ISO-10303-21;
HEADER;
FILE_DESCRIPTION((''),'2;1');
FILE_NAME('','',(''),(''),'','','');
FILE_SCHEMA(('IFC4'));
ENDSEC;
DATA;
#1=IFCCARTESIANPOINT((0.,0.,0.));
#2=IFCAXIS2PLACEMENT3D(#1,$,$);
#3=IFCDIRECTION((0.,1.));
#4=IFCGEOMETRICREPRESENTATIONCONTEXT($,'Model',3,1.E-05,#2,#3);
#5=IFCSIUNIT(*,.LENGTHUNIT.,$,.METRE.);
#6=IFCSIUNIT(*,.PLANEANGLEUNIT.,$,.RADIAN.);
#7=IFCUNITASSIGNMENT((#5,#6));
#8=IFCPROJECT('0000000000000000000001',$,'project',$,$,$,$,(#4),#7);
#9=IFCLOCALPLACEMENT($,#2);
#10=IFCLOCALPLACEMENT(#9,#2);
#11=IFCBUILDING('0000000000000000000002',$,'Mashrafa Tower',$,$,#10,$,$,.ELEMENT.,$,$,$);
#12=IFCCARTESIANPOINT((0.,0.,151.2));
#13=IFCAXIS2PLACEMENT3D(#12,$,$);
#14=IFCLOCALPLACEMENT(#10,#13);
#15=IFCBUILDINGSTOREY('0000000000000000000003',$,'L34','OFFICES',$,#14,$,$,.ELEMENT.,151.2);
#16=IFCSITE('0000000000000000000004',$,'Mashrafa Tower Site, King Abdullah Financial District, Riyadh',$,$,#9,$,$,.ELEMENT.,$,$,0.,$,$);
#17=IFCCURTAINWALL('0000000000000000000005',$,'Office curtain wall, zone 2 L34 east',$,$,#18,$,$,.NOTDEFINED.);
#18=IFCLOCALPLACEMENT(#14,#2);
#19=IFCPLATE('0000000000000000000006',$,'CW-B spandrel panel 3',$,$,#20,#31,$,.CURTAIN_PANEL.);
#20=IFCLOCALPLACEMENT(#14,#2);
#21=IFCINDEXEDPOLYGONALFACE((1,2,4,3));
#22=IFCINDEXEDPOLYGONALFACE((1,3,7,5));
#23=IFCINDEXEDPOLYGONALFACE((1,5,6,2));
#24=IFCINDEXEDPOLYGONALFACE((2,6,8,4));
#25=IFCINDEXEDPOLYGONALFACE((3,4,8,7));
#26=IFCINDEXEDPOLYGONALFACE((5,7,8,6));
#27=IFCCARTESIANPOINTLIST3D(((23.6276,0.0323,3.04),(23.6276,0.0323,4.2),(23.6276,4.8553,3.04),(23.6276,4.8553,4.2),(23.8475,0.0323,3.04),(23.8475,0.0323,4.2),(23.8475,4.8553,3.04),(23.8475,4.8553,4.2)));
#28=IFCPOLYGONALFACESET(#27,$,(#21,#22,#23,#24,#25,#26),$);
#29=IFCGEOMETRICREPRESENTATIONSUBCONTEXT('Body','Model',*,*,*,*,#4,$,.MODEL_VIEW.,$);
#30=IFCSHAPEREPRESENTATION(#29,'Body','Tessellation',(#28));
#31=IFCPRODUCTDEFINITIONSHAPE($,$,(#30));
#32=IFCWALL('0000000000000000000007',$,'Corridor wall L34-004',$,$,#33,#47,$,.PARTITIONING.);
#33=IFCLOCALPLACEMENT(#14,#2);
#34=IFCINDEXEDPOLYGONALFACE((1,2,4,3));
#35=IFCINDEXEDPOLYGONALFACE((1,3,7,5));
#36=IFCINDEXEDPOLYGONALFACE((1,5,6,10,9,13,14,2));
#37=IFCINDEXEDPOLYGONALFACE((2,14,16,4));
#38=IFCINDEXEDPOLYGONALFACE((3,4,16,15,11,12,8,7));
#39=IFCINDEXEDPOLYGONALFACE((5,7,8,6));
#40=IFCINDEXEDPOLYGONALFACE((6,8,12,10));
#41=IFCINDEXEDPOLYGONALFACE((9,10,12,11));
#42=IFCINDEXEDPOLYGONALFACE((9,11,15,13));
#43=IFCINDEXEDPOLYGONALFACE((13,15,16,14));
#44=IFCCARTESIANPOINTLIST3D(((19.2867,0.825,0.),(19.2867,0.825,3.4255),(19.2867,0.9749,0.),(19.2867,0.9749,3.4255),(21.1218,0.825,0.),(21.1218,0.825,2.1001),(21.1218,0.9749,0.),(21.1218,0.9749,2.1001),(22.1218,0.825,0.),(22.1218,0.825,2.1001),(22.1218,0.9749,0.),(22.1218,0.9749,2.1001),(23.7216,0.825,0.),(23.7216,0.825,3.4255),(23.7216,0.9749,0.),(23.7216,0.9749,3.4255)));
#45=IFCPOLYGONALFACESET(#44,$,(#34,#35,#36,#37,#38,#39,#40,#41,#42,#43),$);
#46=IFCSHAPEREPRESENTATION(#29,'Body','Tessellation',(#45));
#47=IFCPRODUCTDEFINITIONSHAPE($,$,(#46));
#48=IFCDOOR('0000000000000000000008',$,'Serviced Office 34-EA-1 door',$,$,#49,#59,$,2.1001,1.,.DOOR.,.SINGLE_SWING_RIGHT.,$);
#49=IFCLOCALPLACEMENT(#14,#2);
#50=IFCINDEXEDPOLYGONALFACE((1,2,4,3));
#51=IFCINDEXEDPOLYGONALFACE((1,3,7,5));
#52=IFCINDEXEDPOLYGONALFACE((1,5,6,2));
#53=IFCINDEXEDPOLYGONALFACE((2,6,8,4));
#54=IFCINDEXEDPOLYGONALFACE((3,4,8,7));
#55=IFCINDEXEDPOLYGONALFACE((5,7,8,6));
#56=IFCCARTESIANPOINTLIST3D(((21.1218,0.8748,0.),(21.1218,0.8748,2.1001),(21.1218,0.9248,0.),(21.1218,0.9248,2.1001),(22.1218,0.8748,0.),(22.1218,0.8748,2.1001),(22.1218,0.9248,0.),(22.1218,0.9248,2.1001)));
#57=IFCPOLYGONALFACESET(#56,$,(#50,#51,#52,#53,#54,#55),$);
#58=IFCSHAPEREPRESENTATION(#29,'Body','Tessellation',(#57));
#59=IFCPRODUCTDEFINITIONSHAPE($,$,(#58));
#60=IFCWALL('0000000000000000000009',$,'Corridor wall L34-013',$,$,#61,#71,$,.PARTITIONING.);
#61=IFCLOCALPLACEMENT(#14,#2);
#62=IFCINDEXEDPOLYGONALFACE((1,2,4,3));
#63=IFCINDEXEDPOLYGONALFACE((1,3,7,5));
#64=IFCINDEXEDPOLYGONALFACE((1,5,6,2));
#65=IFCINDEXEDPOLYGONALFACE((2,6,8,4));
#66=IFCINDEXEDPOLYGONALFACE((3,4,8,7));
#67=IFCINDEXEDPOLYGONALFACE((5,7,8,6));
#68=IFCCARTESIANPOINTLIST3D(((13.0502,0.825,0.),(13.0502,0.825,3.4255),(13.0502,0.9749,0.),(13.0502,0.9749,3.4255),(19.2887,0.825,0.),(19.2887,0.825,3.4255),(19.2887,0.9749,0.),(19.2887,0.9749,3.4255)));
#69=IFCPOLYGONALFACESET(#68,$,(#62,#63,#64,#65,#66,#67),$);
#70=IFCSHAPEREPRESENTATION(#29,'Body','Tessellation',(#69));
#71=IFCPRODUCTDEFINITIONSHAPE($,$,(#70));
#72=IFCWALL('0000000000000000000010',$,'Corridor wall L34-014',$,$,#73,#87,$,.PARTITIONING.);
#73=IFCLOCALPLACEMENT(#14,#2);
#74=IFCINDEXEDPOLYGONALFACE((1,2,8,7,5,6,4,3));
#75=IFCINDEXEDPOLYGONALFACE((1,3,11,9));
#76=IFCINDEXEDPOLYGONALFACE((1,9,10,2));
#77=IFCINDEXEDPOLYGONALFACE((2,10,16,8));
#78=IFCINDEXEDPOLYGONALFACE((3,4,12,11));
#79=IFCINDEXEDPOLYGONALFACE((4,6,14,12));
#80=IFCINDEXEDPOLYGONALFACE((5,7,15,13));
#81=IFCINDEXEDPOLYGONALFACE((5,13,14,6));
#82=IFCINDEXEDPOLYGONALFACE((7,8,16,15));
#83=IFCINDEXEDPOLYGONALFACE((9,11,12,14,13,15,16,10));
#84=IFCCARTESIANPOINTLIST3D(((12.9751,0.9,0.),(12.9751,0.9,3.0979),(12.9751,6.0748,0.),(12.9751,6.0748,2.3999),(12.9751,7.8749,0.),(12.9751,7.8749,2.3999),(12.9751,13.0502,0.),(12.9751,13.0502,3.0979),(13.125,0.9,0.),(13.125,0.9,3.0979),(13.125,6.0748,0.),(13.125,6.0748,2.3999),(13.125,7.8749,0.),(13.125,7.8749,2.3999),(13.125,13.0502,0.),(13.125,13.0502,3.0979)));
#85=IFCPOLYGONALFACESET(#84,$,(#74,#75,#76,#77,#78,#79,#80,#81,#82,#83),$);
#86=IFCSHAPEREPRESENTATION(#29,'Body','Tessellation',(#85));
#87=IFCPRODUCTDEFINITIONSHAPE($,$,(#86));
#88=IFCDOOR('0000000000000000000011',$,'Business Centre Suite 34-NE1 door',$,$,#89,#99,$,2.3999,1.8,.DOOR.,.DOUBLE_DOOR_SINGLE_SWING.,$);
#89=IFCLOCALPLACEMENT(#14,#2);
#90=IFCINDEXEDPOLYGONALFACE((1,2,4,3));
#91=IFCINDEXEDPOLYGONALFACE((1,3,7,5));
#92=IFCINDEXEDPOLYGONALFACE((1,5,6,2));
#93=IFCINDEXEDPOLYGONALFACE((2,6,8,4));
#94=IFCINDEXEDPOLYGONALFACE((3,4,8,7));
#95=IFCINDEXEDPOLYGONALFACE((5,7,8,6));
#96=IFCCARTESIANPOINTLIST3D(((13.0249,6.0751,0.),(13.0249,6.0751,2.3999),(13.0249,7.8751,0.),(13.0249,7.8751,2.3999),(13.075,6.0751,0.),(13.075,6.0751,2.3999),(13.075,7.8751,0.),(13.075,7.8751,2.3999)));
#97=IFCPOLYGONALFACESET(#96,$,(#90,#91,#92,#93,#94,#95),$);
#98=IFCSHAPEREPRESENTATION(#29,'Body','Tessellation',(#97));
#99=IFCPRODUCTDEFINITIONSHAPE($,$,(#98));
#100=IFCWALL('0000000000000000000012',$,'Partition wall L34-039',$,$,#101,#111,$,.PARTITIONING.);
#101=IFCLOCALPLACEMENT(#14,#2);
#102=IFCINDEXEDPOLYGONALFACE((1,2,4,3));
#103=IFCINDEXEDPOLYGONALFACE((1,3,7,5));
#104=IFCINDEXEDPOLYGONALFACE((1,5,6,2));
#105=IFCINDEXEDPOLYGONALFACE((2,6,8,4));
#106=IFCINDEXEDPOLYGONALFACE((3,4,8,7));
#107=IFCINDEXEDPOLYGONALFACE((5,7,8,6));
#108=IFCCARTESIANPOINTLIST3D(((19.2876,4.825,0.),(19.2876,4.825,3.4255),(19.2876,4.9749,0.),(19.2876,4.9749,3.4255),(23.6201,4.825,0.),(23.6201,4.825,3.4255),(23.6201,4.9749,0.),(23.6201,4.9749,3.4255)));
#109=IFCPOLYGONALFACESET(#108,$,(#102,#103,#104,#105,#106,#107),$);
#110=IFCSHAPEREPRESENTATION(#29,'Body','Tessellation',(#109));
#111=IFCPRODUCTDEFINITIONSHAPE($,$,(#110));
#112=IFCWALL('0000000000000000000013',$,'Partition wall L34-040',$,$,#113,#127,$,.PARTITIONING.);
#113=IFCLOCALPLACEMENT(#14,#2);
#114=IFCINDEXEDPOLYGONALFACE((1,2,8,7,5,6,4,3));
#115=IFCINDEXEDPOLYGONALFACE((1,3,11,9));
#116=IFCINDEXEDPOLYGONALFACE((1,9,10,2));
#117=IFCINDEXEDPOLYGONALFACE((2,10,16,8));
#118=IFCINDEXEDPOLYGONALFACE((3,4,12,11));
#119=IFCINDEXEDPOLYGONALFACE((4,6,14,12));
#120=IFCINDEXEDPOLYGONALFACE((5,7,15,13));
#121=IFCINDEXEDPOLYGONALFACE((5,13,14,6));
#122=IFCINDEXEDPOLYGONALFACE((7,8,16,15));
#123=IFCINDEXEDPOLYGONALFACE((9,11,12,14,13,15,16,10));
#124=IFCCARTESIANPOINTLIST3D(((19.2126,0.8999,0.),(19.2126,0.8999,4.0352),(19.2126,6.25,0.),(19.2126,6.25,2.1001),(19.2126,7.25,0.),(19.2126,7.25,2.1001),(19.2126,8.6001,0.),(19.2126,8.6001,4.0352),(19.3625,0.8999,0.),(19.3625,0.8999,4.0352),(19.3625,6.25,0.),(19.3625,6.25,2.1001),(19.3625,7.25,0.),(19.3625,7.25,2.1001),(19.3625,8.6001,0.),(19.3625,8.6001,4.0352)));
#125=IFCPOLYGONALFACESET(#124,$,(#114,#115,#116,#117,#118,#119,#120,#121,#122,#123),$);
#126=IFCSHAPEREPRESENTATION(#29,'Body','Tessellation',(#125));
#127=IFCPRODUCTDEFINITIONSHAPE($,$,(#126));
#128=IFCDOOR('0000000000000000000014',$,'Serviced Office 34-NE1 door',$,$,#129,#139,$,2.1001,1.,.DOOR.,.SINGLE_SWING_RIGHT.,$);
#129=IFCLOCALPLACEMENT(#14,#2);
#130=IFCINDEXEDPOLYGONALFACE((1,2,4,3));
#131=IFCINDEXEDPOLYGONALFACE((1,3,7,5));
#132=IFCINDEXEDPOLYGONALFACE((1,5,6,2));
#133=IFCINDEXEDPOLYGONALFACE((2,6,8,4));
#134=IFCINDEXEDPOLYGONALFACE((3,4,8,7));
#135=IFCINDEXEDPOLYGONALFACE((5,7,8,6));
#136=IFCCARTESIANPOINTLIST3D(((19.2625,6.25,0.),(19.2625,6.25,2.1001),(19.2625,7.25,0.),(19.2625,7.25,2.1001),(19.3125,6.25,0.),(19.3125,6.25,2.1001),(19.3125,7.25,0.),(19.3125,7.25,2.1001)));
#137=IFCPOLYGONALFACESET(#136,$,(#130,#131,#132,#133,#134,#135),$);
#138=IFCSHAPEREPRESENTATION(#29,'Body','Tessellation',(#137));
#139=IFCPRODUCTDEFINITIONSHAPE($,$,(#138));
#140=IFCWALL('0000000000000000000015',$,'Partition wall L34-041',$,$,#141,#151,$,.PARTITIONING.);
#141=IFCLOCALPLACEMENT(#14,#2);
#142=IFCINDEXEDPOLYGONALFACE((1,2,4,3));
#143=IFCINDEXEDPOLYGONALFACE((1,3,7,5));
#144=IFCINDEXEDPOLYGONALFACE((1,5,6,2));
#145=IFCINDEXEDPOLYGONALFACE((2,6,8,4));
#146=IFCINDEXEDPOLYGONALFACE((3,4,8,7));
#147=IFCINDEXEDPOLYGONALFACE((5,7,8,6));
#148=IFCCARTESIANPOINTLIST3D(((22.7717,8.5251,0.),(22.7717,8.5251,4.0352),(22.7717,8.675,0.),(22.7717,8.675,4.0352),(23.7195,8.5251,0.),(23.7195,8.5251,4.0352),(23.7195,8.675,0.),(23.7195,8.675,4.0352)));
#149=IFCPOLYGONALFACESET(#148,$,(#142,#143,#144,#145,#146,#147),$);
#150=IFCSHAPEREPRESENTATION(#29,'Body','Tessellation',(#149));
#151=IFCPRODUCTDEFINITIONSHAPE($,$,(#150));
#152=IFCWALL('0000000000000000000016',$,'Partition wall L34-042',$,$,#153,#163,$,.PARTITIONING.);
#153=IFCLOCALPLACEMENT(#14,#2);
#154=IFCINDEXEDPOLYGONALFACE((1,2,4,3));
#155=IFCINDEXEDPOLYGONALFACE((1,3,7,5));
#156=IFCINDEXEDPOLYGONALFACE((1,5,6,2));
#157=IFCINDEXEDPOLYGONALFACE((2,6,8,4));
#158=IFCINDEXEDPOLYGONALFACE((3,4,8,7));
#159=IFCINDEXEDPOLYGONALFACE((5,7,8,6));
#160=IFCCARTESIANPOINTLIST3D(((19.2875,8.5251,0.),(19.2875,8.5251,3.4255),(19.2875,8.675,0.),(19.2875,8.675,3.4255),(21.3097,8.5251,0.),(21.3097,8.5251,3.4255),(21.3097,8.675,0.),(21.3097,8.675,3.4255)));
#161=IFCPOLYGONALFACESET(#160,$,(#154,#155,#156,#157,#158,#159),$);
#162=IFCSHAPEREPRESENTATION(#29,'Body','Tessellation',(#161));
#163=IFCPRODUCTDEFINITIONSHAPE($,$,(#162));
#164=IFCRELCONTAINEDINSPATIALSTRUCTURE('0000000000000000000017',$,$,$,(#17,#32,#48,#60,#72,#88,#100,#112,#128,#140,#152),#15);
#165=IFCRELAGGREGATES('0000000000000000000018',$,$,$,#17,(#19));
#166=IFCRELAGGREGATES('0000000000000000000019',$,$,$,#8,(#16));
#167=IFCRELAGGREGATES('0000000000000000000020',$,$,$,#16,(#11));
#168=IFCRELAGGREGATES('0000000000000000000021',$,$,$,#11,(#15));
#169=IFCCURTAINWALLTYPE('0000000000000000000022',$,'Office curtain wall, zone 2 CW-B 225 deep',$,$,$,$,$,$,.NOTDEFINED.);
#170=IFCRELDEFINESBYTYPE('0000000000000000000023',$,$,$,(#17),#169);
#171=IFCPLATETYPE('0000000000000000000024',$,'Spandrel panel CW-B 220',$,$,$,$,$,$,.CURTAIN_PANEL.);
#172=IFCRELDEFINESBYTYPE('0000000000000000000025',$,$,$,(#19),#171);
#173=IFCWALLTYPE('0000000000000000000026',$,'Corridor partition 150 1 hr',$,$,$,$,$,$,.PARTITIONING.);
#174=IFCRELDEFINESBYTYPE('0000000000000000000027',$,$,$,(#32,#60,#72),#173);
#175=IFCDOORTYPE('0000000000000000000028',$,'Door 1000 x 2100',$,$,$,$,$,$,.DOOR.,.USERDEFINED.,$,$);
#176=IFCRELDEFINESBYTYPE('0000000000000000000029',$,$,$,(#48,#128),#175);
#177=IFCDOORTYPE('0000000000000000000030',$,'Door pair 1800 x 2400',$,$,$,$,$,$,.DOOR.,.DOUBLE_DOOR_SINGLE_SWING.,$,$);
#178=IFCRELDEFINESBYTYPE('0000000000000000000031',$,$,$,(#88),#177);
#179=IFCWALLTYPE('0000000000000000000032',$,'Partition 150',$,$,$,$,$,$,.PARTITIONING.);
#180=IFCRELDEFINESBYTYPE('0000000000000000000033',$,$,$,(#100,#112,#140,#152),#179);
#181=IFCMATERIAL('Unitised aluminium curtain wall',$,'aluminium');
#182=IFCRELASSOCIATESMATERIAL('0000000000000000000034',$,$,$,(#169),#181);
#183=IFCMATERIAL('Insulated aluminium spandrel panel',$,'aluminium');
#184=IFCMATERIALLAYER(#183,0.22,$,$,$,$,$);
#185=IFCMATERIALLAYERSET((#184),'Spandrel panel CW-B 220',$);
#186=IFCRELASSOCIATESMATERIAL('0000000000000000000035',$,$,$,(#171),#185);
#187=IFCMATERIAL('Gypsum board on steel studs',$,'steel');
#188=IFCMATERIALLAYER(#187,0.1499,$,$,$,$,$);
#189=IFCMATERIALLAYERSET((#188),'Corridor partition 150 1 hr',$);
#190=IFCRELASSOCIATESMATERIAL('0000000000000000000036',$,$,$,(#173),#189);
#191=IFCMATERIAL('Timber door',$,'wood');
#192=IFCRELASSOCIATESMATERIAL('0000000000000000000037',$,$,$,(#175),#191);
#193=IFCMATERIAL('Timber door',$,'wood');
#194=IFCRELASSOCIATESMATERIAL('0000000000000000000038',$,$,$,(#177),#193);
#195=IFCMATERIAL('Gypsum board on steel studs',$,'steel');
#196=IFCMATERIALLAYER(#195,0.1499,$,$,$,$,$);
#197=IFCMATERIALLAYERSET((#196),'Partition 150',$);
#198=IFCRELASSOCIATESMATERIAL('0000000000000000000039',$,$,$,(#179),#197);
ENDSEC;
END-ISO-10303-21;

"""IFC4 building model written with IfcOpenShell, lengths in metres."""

from ifc_helpers import new_model, si_unit, direction, frame, frame_2d, origin, origin_2d, place, context, subcontext, project, spatial, rectangle, extrude, source, transform, mapped, material, layer, layer_set, type_object, element, fill, aggregate, save


model = new_model("IFC4")

# Units and contexts
model_context = context("Model", 3, precision=1e-05, world=origin(), true_north=direction((0.0, 1.0)))
body_context = subcontext(model_context, "Body", "Model", "MODEL_VIEW")
ifc_project = project(units=[si_unit("LENGTHUNIT", "METRE"), si_unit("PLANEANGLEUNIT", "RADIAN")], contexts=[model_context])

# Site, building, storey
site_placement = place(None, origin())
site = spatial("IfcSite", under=ifc_project, at=site_placement, Name="Mashrafa Tower Site, King Abdullah Financial District, Riyadh", CompositionType="ELEMENT", RefElevation=0.0)
building_placement = place(site_placement, origin())
building = spatial("IfcBuilding", under=site, at=building_placement, Name="Mashrafa Tower", CompositionType="ELEMENT")
storey_placement = place(building_placement, frame((0.0, 0.0, 151.2)))
storey = spatial("IfcBuildingStorey", under=building, at=storey_placement, Name="L34", Description="OFFICES", CompositionType="ELEMENT", Elevation=151.2)

# Curtain wall
ifc_material_1 = material(Name="Unitised aluminium curtain wall", Category="aluminium")
curtain_wall_type = type_object("IfcCurtainWallType", Name="Office curtain wall, zone 2 CW-B 225 deep", PredefinedType="NOTDEFINED", material=ifc_material_1)
curtain_wall_1_placement = place(storey_placement, origin())
curtain_wall_1 = element("IfcCurtainWall", 1, at=curtain_wall_1_placement, inside=storey, type_object=curtain_wall_type, Name="Office curtain wall, zone 2 L34 east", PredefinedType="NOTDEFINED")

# Plate
ifc_material_2 = material(Name="Insulated aluminium spandrel panel", Category="aluminium")
ifc_layer_1 = layer(ifc_material_2, 0.22)
ifc_layer_set_1 = layer_set([ifc_layer_1], Name="Spandrel panel CW-B 220")
plate_type_1 = type_object("IfcPlateType", Name="Spandrel panel CW-B 220", PredefinedType="CURTAIN_PANEL", material=ifc_layer_set_1)
shared_shape_1 = source(origin(), body_context, "Body", "SweptSolid", [
    extrude(rectangle(XDim=4.823, YDim=0.22, at=origin_2d()), origin(), (0.0, 0.0, 1.0), 1.1599),
])
plate_1_placement = place(storey_placement, frame((23.7375, 2.4438, 3.04), z_axis=(0.0, 0.0, 1.0), x_axis=(0.0, 1.0, 0.0)))
plate_1 = element("IfcPlate", 2, at=plate_1_placement, type_object=plate_type_1, Name="CW-B spandrel panel 3", PredefinedType="CURTAIN_PANEL", context=body_context, shape_type="MappedRepresentation", body=[
    mapped(shared_shape_1, transform((0.0, 0.0, 0.0))),
])
aggregate(curtain_wall_1, [plate_1])

# Wall, opening, door
ifc_material_3 = material(Name="Gypsum board on steel studs", Category="steel")
ifc_layer_2 = layer(ifc_material_3, 0.1499)
ifc_layer_set_2 = layer_set([ifc_layer_2], Name="Corridor partition 150 1 hr")
wall_type_1 = type_object("IfcWallType", Name="Corridor partition 150 1 hr", PredefinedType="PARTITIONING", material=ifc_layer_set_2)
wall_1_placement = place(storey_placement, frame((23.7214, 0.8999, 0.0), z_axis=(0.0, 0.0, 1.0), x_axis=(-1.0, 0.0, 0.0)))
wall_1 = element("IfcWall", 3, at=wall_1_placement, inside=storey, type_object=wall_type_1, Name="Corridor wall L34-004", PredefinedType="PARTITIONING", context=body_context, shape_type="SweptSolid", body=[
    extrude(rectangle(XDim=4.4348, YDim=0.1499, at=frame_2d((2.2173, 0.0))), origin(), (0.0, 0.0, 1.0), 3.4255),
])
opening_1_placement = place(wall_1_placement, frame((1.5996, 0.0, 0.0)))
opening_1 = element("IfcOpeningElement", 4, at=opening_1_placement, cuts=wall_1, PredefinedType="OPENING", context=body_context, shape_type="SweptSolid", body=[
    extrude(rectangle(XDim=1.0, YDim=2.1001, at=frame_2d((0.5, 1.05))), frame((0.0, 0.085, 0.0), z_axis=(0.0, -1.0, 0.0), x_axis=(1.0, 0.0, 0.0)), (0.0, 0.0, 1.0), 0.1699),
])
ifc_material_4 = material(Name="Timber door", Category="wood")
door_type_1 = type_object("IfcDoorType", Name="Door 1000 x 2100", OperationType="USERDEFINED", PredefinedType="DOOR", material=ifc_material_4)
door_1_placement = place(opening_1_placement, frame((1.0, 0.0, 0.0), z_axis=(0.0, 0.0, 1.0), x_axis=(-1.0, 0.0, 0.0)))
door_1 = element("IfcDoor", 5, at=door_1_placement, inside=storey, type_object=door_type_1, Name="Serviced Office 34-EA-1 door", OperationType="SINGLE_SWING_RIGHT", OverallHeight=2.1001, OverallWidth=1.0, PredefinedType="DOOR", context=body_context, shape_type="SweptSolid", body=[
    extrude(rectangle(XDim=1.0, YDim=2.1001, at=frame_2d((0.5, 1.05))), frame((0.0, 0.0249, 0.0), z_axis=(0.0, -1.0, 0.0), x_axis=(1.0, 0.0, 0.0)), (0.0, 0.0, 1.0), 0.05),
])
fill(opening_1, door_1)

# Wall
wall_2_placement = place(storey_placement, frame((19.2886, 0.8999, 0.0), z_axis=(0.0, 0.0, 1.0), x_axis=(-1.0, 0.0, 0.0)))
element("IfcWall", 6, at=wall_2_placement, inside=storey, type_object=wall_type_1, Name="Corridor wall L34-013", PredefinedType="PARTITIONING", context=body_context, shape_type="SweptSolid", body=[
    extrude(rectangle(XDim=6.2385, YDim=0.1499, at=frame_2d((3.1191, 0.0))), origin(), (0.0, 0.0, 1.0), 3.4255),
])

# Wall, opening, door
wall_3_placement = place(storey_placement, frame((13.05, 0.8999, 0.0), z_axis=(0.0, 0.0, 1.0), x_axis=(0.0, 1.0, 0.0)))
wall_3 = element("IfcWall", 7, at=wall_3_placement, inside=storey, type_object=wall_type_1, Name="Corridor wall L34-014", PredefinedType="PARTITIONING", context=body_context, shape_type="SweptSolid", body=[
    extrude(rectangle(XDim=12.1501, YDim=0.1499, at=frame_2d((6.0752, 0.0))), origin(), (0.0, 0.0, 1.0), 3.0979),
])
opening_2_placement = place(wall_3_placement, frame((5.175, 0.0, 0.0)))
opening_2 = element("IfcOpeningElement", 8, at=opening_2_placement, cuts=wall_3, PredefinedType="OPENING", context=body_context, shape_type="SweptSolid", body=[
    extrude(rectangle(XDim=1.8, YDim=2.3999, at=frame_2d((0.8999, 1.2))), frame((0.0, 0.085, 0.0), z_axis=(0.0, -1.0, 0.0), x_axis=(1.0, 0.0, 0.0)), (0.0, 0.0, 1.0), 0.1699),
])
ifc_material_5 = material(Name="Timber door", Category="wood")
door_type_2 = type_object("IfcDoorType", Name="Door pair 1800 x 2400", OperationType="DOUBLE_DOOR_SINGLE_SWING", PredefinedType="DOOR", material=ifc_material_5)
door_2_placement = place(opening_2_placement, frame((1.8, 0.0, 0.0), z_axis=(0.0, 0.0, 1.0), x_axis=(-1.0, 0.0, 0.0)))
door_2 = element("IfcDoor", 9, at=door_2_placement, inside=storey, type_object=door_type_2, Name="Business Centre Suite 34-NE1 door", OperationType="DOUBLE_DOOR_SINGLE_SWING", OverallHeight=2.3999, OverallWidth=1.8, PredefinedType="DOOR", context=body_context, shape_type="SweptSolid", body=[
    extrude(rectangle(XDim=1.8, YDim=2.3999, at=frame_2d((0.8999, 1.2))), frame((0.0, 0.0249, 0.0), z_axis=(0.0, -1.0, 0.0), x_axis=(1.0, 0.0, 0.0)), (0.0, 0.0, 1.0), 0.05),
])
fill(opening_2, door_2)

# Wall
ifc_material_6 = material(Name="Gypsum board on steel studs", Category="steel")
ifc_layer_3 = layer(ifc_material_6, 0.1499)
ifc_layer_set_3 = layer_set([ifc_layer_3], Name="Partition 150")
wall_type_2 = type_object("IfcWallType", Name="Partition 150", PredefinedType="PARTITIONING", material=ifc_layer_set_3)
wall_4_placement = place(storey_placement, frame((23.6201, 4.8999, 0.0), z_axis=(0.0, 0.0, 1.0), x_axis=(-1.0, 0.0, 0.0)))
element("IfcWall", 10, at=wall_4_placement, inside=storey, type_object=wall_type_2, Name="Partition wall L34-039", PredefinedType="PARTITIONING", context=body_context, shape_type="SweptSolid", body=[
    extrude(rectangle(XDim=4.3325, YDim=0.1499, at=frame_2d((2.1663, 0.0))), origin(), (0.0, 0.0, 1.0), 3.4255),
])

# Wall, opening, door
wall_5_placement = place(storey_placement, frame((19.2876, 0.8999, 0.0), z_axis=(0.0, 0.0, 1.0), x_axis=(0.0, 1.0, 0.0)))
wall_5 = element("IfcWall", 11, at=wall_5_placement, inside=storey, type_object=wall_type_2, Name="Partition wall L34-040", PredefinedType="PARTITIONING", context=body_context, shape_type="SweptSolid", body=[
    extrude(rectangle(XDim=7.7002, YDim=0.1499, at=frame_2d((3.8501, 0.0))), origin(), (0.0, 0.0, 1.0), 4.0352),
])
opening_3_placement = place(wall_5_placement, frame((5.3501, 0.0, 0.0)))
opening_3 = element("IfcOpeningElement", 12, at=opening_3_placement, cuts=wall_5, PredefinedType="OPENING", context=body_context, shape_type="SweptSolid", body=[
    extrude(rectangle(XDim=1.0, YDim=2.1001, at=frame_2d((0.5, 1.05))), frame((0.0, 0.085, 0.0), z_axis=(0.0, -1.0, 0.0), x_axis=(1.0, 0.0, 0.0)), (0.0, 0.0, 1.0), 0.1699),
])
door_3_placement = place(opening_3_placement, frame((1.0, 0.0, 0.0), z_axis=(0.0, 0.0, 1.0), x_axis=(-1.0, 0.0, 0.0)))
door_3 = element("IfcDoor", 13, at=door_3_placement, inside=storey, type_object=door_type_1, Name="Serviced Office 34-NE1 door", OperationType="SINGLE_SWING_RIGHT", OverallHeight=2.1001, OverallWidth=1.0, PredefinedType="DOOR", context=body_context, shape_type="SweptSolid", body=[
    extrude(rectangle(XDim=1.0, YDim=2.1001, at=frame_2d((0.5, 1.05))), frame((0.0, 0.0249, 0.0), z_axis=(0.0, -1.0, 0.0), x_axis=(1.0, 0.0, 0.0)), (0.0, 0.0, 1.0), 0.05),
])
fill(opening_3, door_3)

# Walls
wall_6_placement = place(storey_placement, frame((23.7195, 8.6001, 0.0), z_axis=(0.0, 0.0, 1.0), x_axis=(-1.0, 0.0, 0.0)))
element("IfcWall", 14, at=wall_6_placement, inside=storey, type_object=wall_type_2, Name="Partition wall L34-041", PredefinedType="PARTITIONING", context=body_context, shape_type="SweptSolid", body=[
    extrude(rectangle(XDim=0.9478, YDim=0.1499, at=frame_2d((0.4739, 0.0))), origin(), (0.0, 0.0, 1.0), 4.0352),
])
wall_7_placement = place(storey_placement, frame((21.3098, 8.6001, 0.0), z_axis=(0.0, 0.0, 1.0), x_axis=(-1.0, 0.0, 0.0)))
element("IfcWall", 15, at=wall_7_placement, inside=storey, type_object=wall_type_2, Name="Partition wall L34-042", PredefinedType="PARTITIONING", context=body_context, shape_type="SweptSolid", body=[
    extrude(rectangle(XDim=2.0222, YDim=0.1499, at=frame_2d((1.0112, 0.0))), origin(), (0.0, 0.0, 1.0), 3.4255),
])

save(model, "model.ifc")
